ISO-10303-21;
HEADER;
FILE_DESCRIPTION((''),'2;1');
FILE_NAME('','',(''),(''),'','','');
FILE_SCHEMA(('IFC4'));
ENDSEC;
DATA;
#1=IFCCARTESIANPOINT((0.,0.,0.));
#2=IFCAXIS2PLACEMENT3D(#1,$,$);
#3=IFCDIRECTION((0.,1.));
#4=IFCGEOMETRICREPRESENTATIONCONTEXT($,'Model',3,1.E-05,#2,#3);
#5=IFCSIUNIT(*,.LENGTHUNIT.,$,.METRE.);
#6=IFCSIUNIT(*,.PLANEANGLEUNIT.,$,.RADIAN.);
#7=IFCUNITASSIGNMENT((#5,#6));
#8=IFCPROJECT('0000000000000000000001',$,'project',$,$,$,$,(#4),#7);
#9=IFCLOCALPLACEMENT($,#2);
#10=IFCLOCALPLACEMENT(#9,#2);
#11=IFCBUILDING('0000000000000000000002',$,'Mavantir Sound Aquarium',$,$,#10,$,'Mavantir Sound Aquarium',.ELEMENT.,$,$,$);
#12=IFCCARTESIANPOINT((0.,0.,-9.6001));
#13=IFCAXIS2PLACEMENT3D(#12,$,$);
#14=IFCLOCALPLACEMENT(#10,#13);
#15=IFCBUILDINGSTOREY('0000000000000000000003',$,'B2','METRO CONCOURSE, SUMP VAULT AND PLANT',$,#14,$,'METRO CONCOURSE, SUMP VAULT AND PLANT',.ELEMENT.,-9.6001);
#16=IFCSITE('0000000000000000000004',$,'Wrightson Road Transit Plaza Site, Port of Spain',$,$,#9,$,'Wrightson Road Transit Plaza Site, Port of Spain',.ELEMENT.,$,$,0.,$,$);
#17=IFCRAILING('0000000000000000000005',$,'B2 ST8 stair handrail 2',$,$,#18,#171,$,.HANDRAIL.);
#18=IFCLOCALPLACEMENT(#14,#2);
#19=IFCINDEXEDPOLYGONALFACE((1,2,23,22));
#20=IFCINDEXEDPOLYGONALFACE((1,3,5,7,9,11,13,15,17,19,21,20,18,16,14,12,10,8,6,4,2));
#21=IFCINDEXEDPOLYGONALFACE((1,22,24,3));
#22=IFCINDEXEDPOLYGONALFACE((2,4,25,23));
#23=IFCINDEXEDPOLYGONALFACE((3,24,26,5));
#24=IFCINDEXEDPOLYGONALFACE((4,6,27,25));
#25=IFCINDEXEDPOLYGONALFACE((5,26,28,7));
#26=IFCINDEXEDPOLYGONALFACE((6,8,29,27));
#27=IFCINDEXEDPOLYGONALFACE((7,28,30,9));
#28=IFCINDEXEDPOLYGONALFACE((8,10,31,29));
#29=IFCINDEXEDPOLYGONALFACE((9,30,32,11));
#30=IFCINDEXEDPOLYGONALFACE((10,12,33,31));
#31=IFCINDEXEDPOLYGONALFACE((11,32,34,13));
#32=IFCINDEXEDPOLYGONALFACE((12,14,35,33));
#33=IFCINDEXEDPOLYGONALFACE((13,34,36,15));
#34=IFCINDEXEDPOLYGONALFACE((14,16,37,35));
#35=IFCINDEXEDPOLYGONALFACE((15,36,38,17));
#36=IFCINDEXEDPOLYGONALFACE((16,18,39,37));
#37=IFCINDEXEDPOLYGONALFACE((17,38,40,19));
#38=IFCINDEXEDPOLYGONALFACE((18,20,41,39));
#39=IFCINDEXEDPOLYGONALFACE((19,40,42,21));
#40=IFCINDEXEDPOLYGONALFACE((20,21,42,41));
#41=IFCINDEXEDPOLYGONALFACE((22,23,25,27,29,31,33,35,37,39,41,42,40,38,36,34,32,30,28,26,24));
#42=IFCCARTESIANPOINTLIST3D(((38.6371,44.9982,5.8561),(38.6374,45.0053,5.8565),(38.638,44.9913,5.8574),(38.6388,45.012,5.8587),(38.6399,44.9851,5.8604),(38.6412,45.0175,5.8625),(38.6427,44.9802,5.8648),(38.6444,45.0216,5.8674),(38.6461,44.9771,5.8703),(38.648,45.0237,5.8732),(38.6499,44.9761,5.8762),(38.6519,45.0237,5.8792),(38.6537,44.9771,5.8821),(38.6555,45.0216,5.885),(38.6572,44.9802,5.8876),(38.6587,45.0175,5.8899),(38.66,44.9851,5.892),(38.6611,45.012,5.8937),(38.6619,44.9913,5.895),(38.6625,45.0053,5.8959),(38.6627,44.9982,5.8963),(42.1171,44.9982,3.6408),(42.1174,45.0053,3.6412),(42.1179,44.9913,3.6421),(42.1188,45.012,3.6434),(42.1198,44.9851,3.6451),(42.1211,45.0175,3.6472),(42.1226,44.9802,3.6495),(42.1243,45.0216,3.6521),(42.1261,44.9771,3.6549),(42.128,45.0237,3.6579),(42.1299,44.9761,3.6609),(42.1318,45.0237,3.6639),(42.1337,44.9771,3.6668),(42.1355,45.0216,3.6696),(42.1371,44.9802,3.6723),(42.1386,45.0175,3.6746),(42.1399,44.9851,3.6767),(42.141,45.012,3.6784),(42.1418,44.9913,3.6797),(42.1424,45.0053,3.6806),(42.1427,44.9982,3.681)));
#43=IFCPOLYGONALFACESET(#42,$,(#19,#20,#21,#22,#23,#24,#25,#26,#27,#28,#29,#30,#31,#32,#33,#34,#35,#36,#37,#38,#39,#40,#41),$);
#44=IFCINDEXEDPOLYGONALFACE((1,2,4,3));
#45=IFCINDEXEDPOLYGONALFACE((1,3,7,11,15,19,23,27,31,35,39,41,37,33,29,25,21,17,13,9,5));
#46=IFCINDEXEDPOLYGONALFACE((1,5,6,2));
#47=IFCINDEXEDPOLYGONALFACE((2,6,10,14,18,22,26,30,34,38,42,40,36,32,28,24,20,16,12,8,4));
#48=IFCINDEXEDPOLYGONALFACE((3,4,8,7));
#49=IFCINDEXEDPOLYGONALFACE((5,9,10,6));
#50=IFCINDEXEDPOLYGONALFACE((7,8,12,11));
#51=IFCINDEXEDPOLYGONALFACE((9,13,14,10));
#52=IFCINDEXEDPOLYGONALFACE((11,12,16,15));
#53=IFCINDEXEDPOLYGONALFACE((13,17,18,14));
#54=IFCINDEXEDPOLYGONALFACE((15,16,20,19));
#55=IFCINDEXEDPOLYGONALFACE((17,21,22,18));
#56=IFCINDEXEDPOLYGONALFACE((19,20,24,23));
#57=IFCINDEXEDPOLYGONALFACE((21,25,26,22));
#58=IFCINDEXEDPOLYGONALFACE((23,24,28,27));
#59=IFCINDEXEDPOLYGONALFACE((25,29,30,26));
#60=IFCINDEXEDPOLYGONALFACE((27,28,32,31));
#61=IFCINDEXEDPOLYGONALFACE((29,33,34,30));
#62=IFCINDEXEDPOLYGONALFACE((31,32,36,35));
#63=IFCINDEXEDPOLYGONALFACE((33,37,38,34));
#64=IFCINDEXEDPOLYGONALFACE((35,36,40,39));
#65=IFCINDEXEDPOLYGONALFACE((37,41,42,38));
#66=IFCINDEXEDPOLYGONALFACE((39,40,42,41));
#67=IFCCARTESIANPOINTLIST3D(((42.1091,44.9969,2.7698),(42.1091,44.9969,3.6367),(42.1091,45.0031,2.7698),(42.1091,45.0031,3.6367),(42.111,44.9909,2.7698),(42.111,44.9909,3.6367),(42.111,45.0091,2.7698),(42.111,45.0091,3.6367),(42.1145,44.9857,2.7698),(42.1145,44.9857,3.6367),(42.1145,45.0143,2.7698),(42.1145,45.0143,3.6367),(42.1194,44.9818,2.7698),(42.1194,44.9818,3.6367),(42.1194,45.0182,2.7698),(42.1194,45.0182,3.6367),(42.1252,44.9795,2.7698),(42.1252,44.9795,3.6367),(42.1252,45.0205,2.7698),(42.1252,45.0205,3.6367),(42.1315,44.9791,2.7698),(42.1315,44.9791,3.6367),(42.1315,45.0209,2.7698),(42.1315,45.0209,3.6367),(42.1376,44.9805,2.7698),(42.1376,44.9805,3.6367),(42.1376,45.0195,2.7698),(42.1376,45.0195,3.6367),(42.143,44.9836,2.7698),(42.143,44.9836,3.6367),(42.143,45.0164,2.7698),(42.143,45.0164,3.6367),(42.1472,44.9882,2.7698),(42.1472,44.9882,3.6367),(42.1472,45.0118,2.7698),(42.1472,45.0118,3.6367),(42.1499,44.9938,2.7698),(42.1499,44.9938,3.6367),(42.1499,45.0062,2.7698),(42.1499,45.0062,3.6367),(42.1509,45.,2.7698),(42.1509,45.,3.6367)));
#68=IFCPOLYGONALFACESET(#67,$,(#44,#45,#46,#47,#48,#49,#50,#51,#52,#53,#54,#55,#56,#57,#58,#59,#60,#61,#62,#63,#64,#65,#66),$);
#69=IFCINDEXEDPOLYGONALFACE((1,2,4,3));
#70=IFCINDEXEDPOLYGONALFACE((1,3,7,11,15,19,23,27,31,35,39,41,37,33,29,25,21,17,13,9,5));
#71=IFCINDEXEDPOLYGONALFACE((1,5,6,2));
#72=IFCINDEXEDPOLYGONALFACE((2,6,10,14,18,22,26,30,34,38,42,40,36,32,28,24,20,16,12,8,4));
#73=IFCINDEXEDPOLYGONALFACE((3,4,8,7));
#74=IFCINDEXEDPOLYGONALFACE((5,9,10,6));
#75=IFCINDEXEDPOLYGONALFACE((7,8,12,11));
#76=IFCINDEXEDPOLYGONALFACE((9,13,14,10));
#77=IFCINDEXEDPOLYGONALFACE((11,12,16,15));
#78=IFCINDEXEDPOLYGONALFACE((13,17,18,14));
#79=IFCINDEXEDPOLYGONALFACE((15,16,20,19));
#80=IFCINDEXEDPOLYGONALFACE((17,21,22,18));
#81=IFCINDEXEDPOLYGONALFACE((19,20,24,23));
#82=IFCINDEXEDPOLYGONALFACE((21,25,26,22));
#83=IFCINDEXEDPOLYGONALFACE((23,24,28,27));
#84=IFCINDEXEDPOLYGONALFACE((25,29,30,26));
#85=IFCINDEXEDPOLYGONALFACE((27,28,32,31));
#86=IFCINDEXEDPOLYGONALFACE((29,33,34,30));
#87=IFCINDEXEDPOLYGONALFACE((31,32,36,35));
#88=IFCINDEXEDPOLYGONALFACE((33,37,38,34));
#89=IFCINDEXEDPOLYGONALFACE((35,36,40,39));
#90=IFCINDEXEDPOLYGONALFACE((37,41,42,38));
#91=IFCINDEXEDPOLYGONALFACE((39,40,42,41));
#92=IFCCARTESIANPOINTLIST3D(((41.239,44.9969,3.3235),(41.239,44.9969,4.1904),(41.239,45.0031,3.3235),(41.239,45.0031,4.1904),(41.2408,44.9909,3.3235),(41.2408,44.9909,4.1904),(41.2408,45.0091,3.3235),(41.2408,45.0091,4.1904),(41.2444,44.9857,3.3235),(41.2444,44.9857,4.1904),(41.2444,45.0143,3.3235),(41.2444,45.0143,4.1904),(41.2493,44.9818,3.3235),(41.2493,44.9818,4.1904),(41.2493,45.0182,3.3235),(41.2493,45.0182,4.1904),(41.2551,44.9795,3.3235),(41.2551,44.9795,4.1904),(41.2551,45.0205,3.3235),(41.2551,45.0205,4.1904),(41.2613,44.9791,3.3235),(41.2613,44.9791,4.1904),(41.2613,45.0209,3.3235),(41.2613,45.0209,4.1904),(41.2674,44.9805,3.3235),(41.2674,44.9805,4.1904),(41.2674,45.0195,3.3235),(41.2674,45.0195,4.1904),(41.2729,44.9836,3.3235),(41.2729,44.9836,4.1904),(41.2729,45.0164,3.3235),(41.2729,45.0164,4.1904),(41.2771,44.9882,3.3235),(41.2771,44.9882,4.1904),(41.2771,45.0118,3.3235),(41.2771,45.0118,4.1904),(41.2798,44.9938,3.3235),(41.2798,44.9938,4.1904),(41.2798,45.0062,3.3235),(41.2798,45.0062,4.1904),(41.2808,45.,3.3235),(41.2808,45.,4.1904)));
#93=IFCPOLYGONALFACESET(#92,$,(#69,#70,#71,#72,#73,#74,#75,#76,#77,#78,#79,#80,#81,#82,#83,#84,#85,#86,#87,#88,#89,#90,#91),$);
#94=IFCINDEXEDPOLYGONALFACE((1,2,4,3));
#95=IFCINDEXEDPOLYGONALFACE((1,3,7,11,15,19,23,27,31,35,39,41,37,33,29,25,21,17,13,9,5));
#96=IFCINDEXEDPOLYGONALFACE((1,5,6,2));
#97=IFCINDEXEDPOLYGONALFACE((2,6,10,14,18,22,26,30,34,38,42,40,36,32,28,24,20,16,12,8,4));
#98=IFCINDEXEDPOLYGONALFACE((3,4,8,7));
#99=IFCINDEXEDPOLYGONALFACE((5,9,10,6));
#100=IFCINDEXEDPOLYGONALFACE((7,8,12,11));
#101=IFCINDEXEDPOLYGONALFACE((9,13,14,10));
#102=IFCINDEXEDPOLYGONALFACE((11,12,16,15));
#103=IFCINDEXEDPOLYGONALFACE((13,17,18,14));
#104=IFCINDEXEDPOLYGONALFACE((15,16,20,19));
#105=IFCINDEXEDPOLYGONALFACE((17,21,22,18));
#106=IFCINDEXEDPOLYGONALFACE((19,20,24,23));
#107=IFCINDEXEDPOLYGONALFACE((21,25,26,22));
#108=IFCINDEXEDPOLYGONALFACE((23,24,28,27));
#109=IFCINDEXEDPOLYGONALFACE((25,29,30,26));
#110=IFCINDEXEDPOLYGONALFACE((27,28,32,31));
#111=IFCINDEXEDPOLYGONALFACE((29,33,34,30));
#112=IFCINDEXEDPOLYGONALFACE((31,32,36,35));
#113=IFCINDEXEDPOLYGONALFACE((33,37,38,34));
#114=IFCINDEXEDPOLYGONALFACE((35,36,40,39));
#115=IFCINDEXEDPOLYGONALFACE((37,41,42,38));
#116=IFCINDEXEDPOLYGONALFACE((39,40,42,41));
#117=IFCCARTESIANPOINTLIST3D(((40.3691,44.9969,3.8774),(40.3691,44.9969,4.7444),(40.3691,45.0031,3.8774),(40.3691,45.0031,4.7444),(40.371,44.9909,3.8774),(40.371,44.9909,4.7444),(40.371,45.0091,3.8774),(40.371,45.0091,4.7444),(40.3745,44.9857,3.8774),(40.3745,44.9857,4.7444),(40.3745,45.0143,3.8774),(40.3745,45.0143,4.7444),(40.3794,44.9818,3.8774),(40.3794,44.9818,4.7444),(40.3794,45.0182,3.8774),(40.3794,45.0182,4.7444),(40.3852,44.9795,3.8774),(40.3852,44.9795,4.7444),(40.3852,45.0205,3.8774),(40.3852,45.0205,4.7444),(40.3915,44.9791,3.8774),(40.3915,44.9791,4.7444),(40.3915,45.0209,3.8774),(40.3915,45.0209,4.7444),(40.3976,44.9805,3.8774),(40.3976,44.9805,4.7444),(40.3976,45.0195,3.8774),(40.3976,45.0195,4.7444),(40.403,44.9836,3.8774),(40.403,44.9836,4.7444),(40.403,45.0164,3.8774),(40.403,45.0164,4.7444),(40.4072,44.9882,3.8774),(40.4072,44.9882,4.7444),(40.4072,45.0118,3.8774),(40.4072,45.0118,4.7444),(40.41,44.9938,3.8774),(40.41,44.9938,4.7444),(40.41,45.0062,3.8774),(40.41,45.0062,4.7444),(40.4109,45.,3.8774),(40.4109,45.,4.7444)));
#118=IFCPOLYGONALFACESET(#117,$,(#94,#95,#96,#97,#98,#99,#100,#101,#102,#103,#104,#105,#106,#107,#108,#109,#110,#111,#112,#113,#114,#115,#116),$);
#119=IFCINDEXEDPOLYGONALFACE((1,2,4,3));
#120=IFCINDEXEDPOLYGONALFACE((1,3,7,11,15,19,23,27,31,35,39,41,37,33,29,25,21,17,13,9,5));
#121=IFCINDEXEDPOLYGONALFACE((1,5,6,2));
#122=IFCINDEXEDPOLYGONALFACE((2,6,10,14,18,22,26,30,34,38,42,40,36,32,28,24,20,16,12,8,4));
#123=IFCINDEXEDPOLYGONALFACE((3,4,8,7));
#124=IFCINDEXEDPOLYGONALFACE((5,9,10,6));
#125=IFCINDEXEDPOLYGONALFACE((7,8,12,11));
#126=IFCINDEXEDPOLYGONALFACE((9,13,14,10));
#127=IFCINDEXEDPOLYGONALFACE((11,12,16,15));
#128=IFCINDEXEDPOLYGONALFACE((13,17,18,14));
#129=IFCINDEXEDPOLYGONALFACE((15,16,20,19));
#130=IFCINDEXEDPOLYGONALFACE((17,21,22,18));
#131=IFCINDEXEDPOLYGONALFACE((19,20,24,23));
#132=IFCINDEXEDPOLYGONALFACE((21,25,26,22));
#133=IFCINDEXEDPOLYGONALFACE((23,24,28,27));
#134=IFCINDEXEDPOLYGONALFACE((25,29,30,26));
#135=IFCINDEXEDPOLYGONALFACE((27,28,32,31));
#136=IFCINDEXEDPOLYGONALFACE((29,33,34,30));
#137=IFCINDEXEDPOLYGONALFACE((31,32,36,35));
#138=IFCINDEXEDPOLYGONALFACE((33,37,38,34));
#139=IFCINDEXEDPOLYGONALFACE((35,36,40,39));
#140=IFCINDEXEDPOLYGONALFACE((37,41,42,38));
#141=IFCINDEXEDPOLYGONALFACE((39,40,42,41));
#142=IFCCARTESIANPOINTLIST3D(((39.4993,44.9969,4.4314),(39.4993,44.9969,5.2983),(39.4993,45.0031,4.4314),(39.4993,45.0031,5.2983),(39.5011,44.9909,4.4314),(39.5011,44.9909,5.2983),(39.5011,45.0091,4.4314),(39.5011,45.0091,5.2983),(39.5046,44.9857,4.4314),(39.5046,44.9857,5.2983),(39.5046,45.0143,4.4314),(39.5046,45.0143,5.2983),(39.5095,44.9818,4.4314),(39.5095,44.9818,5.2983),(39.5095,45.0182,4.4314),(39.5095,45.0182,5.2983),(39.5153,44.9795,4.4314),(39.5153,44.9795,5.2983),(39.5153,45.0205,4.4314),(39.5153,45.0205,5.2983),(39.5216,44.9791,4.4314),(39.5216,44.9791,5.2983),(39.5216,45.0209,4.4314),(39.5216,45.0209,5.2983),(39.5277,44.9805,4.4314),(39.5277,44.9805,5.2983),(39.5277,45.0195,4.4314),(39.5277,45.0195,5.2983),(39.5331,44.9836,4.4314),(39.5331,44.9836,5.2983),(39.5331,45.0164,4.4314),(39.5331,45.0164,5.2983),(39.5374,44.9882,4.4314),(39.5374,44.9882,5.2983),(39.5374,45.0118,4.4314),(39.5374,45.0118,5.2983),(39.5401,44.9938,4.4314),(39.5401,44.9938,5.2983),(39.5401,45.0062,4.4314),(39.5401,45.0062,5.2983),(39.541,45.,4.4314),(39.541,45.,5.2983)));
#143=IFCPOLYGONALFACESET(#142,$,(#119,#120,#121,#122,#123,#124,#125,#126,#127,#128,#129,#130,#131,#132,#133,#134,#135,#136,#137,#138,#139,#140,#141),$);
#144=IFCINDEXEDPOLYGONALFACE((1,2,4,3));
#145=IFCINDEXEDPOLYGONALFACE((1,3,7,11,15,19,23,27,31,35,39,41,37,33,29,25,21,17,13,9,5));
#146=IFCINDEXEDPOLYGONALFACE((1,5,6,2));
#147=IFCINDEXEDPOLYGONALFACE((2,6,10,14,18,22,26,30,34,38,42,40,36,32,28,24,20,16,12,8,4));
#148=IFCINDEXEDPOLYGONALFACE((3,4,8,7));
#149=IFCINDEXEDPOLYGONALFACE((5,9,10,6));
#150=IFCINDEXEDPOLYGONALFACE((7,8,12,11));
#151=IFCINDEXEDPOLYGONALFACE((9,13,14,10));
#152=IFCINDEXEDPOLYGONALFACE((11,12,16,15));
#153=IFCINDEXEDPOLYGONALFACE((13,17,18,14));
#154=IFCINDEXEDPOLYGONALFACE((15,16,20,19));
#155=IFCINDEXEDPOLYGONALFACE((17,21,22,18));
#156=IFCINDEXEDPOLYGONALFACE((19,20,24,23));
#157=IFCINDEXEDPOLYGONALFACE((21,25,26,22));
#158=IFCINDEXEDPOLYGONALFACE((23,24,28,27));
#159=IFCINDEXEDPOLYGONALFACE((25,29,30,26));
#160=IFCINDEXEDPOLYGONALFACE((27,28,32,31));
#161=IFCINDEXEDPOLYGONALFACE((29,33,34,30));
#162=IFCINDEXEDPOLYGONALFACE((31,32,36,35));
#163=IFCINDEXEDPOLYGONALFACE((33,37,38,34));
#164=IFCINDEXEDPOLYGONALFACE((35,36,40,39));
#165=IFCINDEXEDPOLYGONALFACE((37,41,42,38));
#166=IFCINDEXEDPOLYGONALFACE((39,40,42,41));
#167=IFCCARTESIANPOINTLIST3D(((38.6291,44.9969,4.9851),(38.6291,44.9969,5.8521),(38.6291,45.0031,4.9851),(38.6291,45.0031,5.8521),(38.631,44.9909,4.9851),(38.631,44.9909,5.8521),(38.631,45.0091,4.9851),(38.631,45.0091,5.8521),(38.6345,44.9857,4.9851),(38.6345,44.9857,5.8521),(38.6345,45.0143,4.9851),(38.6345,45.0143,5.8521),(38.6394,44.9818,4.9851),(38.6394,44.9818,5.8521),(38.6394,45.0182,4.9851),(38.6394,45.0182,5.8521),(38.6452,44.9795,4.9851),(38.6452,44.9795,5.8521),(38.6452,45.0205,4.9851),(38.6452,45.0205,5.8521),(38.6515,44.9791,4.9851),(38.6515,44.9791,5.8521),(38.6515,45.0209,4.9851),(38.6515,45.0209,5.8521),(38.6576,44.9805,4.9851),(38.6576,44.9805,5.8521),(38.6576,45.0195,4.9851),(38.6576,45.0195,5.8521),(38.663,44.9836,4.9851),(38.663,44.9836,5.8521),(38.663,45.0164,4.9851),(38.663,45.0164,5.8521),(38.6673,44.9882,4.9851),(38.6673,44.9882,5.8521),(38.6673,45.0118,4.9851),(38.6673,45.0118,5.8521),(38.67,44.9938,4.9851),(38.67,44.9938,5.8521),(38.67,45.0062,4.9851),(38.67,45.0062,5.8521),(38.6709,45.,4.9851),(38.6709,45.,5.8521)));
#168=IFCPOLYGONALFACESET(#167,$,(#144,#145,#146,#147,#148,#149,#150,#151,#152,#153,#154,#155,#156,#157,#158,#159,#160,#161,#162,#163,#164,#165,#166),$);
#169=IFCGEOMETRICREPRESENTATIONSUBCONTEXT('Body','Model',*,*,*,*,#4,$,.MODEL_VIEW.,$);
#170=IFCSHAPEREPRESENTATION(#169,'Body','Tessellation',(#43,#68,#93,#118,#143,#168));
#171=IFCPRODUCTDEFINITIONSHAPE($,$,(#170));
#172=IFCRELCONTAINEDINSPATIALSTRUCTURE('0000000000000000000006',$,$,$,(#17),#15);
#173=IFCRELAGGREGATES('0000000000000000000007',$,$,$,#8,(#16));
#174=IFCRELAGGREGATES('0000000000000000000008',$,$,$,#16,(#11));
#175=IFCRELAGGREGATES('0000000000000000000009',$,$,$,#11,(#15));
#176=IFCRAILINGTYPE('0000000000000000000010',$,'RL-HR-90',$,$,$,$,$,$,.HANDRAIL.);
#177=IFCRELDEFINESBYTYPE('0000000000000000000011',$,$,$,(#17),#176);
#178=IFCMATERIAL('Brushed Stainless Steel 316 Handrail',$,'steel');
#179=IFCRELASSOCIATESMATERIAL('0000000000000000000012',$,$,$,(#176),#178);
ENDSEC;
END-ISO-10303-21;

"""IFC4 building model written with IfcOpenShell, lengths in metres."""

from ifc_helpers import new_model, si_unit, direction, frame, origin, origin_2d, place, context, subcontext, project, spatial, circle, extrude, material, type_object, element, save


model = new_model("IFC4")

# Units and contexts
model_context = context("Model", 3, precision=1e-05, world=origin(), true_north=direction((0.0, 1.0)))
body_context = subcontext(model_context, "Body", "Model", "MODEL_VIEW")
ifc_project = project(units=[si_unit("LENGTHUNIT", "METRE"), si_unit("PLANEANGLEUNIT", "RADIAN")], contexts=[model_context])

# Site, building, storey
site_placement = place(None, origin())
site = spatial("IfcSite", under=ifc_project, at=site_placement, Name="Wrightson Road Transit Plaza Site, Port of Spain", LongName="Wrightson Road Transit Plaza Site, Port of Spain", CompositionType="ELEMENT", RefElevation=0.0)
building_placement = place(site_placement, origin())
building = spatial("IfcBuilding", under=site, at=building_placement, Name="Mavantir Sound Aquarium", LongName="Mavantir Sound Aquarium", CompositionType="ELEMENT")
storey_placement = place(building_placement, frame((0.0, 0.0, -9.6001)))
storey = spatial("IfcBuildingStorey", under=building, at=storey_placement, Name="B2", Description="METRO CONCOURSE, SUMP VAULT AND PLANT", LongName="METRO CONCOURSE, SUMP VAULT AND PLANT", CompositionType="ELEMENT", Elevation=-9.6001)

# Railing
ifc_material_1 = material(Name="Brushed Stainless Steel 316 Handrail", Category="steel")
railing_type_1 = type_object("IfcRailingType", Name="RL-HR-90", PredefinedType="HANDRAIL", material=ifc_material_1)
railing_1_placement = place(storey_placement, frame((42.1299, 45.0, 2.7698)))
element("IfcRailing", 1, at=railing_1_placement, inside=storey, type_object=railing_type_1, Name="B2 ST8 stair handrail 2", PredefinedType="HANDRAIL", context=body_context, shape_type="SweptSolid", body=[
    extrude(circle(Radius=0.0239, at=origin_2d()), frame((0.0, 0.0, 0.8911), z_axis=(-0.843574, 0.0, 0.537013), x_axis=(0.0, -1.0, 0.0)), (0.0, 0.0, 1.0), 4.1252),
    extrude(circle(Radius=0.021, at=origin_2d()), origin(), (0.0, 0.0, 1.0), 0.8669),
    extrude(circle(Radius=0.021, at=origin_2d()), frame((-0.8701, 0.0, 0.5537)), (0.0, 0.0, 1.0), 0.8669),
    extrude(circle(Radius=0.021, at=origin_2d()), frame((-1.74, 0.0, 1.1077)), (0.0, 0.0, 1.0), 0.8669),
    extrude(circle(Radius=0.021, at=origin_2d()), frame((-2.6099, 0.0, 1.6616)), (0.0, 0.0, 1.0), 0.8669),
    extrude(circle(Radius=0.021, at=origin_2d()), frame((-3.48, 0.0, 2.2153)), (0.0, 0.0, 1.0), 0.8669),
])

save(model, "model.ifc")
